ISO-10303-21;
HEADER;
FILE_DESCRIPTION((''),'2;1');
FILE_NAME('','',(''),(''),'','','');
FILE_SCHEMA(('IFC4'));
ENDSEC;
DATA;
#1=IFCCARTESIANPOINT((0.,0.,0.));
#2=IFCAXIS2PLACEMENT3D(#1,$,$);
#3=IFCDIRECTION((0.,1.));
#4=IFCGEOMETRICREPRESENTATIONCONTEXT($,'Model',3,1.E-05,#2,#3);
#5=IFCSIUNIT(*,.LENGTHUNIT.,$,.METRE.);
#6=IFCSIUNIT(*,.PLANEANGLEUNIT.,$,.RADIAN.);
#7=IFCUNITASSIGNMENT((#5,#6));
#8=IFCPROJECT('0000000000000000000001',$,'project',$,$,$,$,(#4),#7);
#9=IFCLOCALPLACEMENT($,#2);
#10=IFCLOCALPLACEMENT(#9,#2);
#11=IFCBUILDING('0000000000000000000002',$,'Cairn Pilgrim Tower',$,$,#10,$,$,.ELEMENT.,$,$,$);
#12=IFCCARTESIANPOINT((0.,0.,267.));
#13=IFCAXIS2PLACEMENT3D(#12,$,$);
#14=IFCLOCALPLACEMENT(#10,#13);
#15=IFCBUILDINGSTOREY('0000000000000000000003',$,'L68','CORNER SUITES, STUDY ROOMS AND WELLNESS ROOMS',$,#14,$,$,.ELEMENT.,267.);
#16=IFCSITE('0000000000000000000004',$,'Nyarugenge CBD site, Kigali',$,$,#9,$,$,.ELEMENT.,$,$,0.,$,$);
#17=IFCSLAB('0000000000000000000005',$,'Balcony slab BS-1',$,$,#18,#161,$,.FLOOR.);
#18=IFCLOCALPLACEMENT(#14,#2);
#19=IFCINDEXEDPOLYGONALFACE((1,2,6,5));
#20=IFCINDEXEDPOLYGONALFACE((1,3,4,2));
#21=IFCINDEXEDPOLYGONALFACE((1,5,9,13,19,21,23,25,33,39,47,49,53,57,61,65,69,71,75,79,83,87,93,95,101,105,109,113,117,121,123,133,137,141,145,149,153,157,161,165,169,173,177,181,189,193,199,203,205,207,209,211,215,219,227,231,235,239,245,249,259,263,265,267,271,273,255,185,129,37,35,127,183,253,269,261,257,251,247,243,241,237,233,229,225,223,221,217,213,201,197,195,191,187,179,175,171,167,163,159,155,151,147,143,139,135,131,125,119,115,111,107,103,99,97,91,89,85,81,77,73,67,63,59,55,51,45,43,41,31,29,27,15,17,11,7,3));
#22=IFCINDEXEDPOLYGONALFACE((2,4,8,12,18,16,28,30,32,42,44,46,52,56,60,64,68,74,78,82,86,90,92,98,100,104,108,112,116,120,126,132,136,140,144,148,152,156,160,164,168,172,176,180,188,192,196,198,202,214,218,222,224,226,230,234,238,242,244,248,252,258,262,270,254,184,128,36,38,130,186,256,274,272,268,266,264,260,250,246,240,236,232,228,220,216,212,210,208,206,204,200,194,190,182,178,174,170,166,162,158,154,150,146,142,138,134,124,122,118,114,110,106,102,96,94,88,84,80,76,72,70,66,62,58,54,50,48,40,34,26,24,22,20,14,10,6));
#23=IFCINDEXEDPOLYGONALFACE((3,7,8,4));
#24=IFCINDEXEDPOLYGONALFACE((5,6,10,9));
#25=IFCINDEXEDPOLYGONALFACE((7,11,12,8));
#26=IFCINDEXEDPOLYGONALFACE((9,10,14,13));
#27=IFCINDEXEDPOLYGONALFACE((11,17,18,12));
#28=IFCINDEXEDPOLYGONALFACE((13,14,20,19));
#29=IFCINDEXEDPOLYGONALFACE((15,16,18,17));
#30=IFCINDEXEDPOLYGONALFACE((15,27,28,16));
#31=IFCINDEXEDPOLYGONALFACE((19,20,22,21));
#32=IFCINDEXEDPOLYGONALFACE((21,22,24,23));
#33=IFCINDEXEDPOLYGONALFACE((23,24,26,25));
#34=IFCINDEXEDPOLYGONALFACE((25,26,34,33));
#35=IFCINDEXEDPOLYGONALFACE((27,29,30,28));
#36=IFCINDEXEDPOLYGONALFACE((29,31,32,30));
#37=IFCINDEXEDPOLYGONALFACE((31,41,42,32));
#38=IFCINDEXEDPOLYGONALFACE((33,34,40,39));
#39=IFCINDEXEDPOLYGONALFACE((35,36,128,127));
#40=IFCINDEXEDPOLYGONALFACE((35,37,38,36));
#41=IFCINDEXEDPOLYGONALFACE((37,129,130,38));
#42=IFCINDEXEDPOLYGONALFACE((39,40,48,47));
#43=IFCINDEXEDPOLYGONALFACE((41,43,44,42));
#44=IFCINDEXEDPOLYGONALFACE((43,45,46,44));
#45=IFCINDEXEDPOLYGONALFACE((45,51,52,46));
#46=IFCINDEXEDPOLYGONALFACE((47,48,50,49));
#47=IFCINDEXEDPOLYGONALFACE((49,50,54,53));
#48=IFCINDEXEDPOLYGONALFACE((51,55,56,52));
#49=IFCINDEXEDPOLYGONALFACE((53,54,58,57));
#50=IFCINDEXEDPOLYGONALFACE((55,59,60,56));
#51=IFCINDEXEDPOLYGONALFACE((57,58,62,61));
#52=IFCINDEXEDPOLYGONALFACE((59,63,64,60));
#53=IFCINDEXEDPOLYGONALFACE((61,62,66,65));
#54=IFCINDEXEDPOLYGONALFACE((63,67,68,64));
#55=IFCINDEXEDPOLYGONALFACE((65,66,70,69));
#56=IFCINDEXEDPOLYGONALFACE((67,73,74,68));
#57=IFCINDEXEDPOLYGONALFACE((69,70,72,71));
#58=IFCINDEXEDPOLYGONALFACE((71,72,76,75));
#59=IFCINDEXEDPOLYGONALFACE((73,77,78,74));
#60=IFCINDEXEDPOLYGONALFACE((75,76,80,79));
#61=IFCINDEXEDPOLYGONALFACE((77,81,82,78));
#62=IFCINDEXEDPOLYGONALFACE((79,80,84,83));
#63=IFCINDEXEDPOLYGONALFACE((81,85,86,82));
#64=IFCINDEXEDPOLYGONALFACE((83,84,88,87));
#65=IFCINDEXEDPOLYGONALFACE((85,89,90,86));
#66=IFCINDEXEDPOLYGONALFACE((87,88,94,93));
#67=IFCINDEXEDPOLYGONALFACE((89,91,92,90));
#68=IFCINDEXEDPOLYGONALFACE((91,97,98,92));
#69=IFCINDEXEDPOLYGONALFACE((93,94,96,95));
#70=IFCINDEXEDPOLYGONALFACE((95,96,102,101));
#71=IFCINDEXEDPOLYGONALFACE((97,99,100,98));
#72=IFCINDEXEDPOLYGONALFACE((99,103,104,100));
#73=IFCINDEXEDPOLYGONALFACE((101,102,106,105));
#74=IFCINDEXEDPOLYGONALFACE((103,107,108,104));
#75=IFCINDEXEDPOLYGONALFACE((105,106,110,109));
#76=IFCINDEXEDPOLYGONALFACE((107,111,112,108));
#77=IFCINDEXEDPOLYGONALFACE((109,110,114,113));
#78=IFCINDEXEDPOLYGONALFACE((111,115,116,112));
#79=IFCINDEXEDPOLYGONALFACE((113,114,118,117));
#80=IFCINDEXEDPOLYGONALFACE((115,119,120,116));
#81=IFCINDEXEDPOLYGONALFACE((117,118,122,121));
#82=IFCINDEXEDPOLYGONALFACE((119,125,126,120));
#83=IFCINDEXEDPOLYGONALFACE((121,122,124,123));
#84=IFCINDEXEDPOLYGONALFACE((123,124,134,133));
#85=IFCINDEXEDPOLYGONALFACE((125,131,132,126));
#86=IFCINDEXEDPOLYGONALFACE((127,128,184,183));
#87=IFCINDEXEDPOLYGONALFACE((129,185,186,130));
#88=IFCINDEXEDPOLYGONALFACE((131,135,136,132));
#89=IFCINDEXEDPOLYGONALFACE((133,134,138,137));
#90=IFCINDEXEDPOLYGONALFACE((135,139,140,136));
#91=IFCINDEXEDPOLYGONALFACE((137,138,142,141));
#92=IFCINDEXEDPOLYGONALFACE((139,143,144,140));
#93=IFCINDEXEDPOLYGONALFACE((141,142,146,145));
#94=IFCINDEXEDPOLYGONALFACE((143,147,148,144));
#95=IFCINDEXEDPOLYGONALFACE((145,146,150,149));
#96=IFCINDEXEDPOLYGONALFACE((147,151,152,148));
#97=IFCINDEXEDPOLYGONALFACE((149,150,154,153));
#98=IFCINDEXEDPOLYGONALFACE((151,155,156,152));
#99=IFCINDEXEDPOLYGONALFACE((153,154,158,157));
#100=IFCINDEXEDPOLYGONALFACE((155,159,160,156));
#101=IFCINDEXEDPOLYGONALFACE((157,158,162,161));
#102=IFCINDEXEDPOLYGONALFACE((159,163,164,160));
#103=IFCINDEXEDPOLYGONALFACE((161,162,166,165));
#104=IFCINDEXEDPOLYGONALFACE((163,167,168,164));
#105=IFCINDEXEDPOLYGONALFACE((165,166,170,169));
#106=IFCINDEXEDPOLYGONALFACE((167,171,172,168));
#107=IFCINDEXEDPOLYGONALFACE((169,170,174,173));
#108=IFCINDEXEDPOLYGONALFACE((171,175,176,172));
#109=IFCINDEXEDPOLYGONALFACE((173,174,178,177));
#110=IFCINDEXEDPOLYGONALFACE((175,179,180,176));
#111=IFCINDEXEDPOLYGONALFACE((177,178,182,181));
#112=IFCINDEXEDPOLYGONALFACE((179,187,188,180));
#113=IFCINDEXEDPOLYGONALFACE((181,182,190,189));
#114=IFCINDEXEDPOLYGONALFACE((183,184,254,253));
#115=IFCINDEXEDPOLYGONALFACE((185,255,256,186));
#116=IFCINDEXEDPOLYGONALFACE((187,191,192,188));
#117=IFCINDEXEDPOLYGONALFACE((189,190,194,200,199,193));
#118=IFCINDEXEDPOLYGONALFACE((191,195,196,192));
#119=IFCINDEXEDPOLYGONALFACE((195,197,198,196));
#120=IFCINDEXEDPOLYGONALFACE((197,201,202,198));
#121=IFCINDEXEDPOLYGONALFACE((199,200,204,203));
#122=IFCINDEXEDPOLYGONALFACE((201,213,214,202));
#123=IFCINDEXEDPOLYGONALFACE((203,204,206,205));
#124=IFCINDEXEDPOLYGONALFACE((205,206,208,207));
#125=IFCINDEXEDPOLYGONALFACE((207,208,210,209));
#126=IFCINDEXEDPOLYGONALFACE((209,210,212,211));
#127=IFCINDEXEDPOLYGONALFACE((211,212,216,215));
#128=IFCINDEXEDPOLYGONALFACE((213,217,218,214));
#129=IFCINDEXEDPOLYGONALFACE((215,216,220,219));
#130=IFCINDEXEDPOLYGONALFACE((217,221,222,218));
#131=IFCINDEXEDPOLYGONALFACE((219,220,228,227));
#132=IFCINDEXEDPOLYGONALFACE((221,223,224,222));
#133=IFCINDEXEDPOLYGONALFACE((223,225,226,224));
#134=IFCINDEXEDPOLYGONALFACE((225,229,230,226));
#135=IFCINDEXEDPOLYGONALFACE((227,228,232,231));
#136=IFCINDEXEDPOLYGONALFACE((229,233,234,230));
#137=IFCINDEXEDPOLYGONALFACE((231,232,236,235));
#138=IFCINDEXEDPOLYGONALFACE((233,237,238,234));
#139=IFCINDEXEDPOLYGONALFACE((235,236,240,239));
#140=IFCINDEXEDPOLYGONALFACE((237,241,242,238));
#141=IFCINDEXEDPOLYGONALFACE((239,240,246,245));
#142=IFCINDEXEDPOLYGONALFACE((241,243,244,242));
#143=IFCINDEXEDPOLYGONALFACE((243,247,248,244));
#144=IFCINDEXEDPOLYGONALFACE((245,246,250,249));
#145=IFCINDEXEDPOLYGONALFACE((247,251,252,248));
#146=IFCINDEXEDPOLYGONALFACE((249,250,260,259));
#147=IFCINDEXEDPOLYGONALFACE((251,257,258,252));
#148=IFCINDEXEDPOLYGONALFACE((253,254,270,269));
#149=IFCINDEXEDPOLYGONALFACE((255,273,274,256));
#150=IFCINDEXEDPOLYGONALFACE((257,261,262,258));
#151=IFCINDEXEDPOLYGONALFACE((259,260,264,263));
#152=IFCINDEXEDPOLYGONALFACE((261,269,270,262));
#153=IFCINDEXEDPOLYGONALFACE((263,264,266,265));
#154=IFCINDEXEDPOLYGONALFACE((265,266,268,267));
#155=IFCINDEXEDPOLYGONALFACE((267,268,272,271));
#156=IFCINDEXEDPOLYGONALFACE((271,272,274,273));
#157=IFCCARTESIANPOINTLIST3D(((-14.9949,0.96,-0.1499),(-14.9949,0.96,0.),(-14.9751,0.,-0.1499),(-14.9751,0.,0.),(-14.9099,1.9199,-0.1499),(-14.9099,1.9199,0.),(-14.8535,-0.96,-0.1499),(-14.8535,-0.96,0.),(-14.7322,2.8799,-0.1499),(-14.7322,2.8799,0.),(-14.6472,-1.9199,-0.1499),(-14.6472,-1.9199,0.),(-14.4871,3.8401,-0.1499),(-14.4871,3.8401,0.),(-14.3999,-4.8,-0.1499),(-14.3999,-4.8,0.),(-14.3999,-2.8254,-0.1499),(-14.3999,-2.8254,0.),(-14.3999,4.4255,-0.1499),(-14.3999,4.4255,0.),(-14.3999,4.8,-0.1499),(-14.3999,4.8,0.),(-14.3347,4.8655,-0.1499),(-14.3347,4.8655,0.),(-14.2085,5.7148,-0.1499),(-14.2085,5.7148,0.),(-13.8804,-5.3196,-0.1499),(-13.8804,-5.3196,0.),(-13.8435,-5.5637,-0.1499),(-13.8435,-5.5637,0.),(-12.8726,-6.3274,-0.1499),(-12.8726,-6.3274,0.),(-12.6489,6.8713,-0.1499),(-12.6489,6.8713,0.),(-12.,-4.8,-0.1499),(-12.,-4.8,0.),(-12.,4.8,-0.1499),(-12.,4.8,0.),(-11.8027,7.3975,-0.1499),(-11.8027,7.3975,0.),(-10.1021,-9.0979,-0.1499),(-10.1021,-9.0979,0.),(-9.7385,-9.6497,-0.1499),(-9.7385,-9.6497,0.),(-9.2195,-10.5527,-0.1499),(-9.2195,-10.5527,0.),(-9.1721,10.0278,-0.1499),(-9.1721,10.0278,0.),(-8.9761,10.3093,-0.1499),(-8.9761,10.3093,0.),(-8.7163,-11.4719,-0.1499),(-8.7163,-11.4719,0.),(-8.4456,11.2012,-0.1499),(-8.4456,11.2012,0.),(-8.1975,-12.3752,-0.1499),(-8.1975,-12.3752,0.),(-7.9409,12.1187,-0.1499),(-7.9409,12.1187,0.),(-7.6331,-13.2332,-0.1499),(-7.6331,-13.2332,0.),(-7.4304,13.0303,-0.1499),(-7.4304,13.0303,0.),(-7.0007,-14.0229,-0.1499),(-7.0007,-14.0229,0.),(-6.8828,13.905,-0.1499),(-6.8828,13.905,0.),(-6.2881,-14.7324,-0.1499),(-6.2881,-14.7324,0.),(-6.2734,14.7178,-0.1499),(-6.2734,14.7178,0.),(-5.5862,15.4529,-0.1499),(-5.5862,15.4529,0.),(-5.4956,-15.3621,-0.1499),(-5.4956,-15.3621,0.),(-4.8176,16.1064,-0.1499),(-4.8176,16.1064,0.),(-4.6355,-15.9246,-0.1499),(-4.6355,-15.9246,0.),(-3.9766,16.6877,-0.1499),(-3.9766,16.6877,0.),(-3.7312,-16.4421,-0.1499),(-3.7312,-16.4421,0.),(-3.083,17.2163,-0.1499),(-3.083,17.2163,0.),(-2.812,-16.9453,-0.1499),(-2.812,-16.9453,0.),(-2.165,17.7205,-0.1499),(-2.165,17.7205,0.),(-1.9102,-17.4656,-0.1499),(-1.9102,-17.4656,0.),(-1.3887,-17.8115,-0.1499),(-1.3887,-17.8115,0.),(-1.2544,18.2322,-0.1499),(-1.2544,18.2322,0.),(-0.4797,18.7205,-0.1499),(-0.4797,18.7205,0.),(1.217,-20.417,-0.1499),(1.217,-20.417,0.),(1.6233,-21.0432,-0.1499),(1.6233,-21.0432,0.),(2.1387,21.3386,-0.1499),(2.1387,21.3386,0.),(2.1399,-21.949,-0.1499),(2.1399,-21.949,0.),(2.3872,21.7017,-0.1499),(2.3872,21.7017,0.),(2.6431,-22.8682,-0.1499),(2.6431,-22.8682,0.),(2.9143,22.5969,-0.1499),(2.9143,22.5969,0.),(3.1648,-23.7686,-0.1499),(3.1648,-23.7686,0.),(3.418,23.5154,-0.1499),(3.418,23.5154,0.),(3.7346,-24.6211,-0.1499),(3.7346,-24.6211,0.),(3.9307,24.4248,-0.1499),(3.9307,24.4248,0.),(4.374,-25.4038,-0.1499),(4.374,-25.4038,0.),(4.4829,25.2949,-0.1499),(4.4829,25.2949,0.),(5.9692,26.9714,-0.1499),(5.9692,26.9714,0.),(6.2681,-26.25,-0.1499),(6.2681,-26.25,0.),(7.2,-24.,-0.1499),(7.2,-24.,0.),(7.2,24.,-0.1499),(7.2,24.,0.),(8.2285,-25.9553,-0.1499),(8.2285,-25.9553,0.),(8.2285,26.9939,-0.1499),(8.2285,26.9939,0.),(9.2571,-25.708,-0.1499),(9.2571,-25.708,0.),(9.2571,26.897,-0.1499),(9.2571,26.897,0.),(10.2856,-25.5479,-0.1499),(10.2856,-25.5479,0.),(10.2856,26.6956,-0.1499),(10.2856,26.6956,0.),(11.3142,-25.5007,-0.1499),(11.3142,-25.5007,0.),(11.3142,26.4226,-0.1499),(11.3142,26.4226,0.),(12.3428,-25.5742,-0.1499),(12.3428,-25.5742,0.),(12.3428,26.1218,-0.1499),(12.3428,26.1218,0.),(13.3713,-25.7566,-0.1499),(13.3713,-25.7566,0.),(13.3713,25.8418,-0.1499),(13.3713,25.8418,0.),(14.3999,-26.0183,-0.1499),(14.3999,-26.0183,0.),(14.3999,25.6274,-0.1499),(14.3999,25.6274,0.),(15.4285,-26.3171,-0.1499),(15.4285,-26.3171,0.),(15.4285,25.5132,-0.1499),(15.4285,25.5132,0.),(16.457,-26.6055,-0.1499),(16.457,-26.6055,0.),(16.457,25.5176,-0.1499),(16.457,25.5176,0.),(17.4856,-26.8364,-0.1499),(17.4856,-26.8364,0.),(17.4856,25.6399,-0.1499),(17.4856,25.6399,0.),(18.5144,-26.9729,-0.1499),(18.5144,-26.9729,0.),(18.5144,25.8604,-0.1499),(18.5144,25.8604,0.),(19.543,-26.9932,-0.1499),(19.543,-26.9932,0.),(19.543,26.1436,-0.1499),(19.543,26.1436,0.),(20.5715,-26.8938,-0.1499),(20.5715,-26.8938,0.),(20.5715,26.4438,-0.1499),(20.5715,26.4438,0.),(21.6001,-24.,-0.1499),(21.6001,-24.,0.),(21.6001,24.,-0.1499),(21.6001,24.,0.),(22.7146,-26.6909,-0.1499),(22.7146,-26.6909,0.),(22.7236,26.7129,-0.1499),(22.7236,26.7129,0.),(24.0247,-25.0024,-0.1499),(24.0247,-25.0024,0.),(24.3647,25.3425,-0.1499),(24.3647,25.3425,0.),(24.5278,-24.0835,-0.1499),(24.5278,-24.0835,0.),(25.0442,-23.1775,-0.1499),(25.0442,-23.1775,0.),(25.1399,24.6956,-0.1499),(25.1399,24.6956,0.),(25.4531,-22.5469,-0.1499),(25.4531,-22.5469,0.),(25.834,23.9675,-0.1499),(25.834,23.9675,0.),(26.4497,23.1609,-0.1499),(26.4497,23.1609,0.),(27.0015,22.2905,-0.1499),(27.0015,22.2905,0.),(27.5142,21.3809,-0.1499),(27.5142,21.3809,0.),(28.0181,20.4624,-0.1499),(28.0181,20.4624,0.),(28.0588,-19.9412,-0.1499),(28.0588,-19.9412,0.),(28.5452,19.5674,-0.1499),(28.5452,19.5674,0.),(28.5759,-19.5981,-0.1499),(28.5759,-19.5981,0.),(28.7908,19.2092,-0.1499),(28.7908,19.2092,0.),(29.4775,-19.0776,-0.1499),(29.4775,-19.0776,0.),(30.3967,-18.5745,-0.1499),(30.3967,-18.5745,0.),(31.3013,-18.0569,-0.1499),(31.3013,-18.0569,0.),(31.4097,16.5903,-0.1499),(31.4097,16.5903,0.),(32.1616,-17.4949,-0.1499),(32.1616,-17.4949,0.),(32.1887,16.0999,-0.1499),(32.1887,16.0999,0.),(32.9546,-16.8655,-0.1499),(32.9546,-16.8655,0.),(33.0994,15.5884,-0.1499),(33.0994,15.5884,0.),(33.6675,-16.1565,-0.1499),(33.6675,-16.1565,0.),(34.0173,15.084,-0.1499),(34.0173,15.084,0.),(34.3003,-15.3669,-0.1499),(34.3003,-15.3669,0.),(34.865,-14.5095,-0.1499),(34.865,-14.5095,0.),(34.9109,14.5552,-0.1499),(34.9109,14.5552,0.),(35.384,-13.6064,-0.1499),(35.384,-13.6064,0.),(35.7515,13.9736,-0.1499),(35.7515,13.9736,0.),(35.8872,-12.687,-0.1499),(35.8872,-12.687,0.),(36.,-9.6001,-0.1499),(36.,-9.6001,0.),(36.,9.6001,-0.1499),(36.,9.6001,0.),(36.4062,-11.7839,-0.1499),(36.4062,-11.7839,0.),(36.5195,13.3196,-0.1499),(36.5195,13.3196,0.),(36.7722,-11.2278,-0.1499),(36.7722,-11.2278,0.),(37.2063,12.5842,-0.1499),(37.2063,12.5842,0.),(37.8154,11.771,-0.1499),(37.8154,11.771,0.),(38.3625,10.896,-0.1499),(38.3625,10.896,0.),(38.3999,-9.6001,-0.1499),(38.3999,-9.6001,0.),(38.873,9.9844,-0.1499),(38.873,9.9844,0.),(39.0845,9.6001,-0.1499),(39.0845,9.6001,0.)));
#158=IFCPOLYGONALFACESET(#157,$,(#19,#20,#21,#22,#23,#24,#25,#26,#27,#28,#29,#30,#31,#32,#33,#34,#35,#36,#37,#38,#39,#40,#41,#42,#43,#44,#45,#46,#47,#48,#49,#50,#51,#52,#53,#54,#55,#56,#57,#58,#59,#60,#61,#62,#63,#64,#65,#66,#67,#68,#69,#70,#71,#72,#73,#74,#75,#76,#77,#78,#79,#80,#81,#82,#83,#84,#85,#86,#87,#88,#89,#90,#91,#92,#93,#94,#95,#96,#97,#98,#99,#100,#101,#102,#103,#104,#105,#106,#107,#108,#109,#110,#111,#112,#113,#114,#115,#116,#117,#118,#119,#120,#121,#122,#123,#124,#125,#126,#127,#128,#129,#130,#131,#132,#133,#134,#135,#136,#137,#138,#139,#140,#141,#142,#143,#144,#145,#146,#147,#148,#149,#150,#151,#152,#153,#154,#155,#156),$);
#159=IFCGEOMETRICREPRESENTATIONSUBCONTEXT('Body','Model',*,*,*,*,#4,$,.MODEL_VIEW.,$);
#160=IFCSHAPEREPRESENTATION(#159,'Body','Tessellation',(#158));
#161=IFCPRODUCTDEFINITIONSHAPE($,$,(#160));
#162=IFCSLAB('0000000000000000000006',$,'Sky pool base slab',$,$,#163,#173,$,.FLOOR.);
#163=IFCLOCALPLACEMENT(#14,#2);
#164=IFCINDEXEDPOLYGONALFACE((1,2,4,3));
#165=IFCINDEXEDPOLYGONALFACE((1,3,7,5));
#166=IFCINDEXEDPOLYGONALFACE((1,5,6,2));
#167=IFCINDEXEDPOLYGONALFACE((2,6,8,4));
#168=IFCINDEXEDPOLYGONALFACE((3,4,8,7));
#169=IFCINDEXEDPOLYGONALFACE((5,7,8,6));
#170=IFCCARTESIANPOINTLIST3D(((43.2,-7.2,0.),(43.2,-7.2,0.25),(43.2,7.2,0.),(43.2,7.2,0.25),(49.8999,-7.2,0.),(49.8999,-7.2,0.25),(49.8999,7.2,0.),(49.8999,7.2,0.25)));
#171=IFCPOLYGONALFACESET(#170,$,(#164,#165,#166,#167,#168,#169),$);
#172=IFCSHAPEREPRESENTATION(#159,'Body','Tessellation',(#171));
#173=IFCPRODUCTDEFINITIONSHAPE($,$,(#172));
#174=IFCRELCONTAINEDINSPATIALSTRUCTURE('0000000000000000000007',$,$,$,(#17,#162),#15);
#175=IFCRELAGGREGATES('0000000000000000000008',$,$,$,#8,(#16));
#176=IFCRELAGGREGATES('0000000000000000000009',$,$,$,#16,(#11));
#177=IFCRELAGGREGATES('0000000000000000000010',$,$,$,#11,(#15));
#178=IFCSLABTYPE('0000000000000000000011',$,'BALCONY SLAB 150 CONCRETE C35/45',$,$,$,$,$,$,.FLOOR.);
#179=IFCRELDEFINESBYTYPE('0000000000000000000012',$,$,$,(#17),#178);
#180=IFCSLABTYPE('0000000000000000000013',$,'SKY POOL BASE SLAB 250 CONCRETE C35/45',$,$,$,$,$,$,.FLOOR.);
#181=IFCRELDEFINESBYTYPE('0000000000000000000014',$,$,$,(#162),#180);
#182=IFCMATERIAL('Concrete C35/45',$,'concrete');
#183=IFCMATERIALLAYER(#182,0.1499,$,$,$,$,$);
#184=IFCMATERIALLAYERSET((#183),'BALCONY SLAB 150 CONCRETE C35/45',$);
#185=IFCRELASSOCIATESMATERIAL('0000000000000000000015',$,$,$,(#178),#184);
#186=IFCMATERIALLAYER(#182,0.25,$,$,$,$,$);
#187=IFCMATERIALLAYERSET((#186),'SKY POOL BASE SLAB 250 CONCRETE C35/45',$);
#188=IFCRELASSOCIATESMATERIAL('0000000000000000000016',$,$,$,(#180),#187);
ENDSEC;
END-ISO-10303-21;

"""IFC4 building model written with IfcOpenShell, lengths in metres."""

from ifc_helpers import new_model, si_unit, direction, frame, origin, place, context, subcontext, project, spatial, polyline, outline, extrude, material, layer, layer_set, type_object, element, save


model = new_model("IFC4")

# Units and contexts
model_context = context("Model", 3, precision=1e-05, world=origin(), true_north=direction((0.0, 1.0)))
body_context = subcontext(model_context, "Body", "Model", "MODEL_VIEW")
ifc_project = project(units=[si_unit("LENGTHUNIT", "METRE"), si_unit("PLANEANGLEUNIT", "RADIAN")], contexts=[model_context])

# Site, building, storey
site_placement = place(None, origin())
site = spatial("IfcSite", under=ifc_project, at=site_placement, Name="Nyarugenge CBD site, Kigali", CompositionType="ELEMENT", RefElevation=0.0)
building_placement = place(site_placement, origin())
building = spatial("IfcBuilding", under=site, at=building_placement, Name="Cairn Pilgrim Tower", CompositionType="ELEMENT")
storey_placement = place(building_placement, frame((0.0, 0.0, 267.0)))
storey = spatial("IfcBuildingStorey", under=building, at=storey_placement, Name="L68", Description="CORNER SUITES, STUDY ROOMS AND WELLNESS ROOMS", CompositionType="ELEMENT", Elevation=267.0)

# Slabs
ifc_material_1 = material(Name="Concrete C35/45", Category="concrete")
ifc_layer_1 = layer(ifc_material_1, 0.1499)
ifc_layer_set_1 = layer_set([ifc_layer_1], Name="BALCONY SLAB 150 CONCRETE C35/45")
slab_type_1 = type_object("IfcSlabType", Name="BALCONY SLAB 150 CONCRETE C35/45", PredefinedType="FLOOR", material=ifc_layer_set_1)
slab_1_placement = place(storey_placement, frame((0.0, 0.0, -0.1499)))
element("IfcSlab", 1, at=slab_1_placement, inside=storey, type_object=slab_type_1, Name="Balcony slab BS-1", PredefinedType="FLOOR", context=body_context, shape_type="SweptSolid", body=[
    extrude(outline(polyline([(24.5278, -24.0835), (25.0442, -23.1775), (25.4531, -22.5469), (28.0588, -19.9412), (28.5759, -19.5981), (29.4775, -19.0776), (30.3967, -18.5745), (31.3013, -18.0569), (32.1616, -17.4949), (32.9546, -16.8655), (33.6675, -16.1565), (34.3003, -15.3669), (34.865, -14.5095), (35.384, -13.6064), (35.8872, -12.687), (36.4062, -11.7839), (36.7722, -11.2278), (38.3999, -9.6001), (36.0, -9.6001), (40.8, -4.8), (21.6001, -24.0), (7.2, -24.0), (-12.0, -4.8), (-12.0, 4.8), (7.2, 24.0), (21.6001, 24.0), (40.8, 4.8), (36.0, 9.6001), (39.0845, 9.6001), (38.873, 9.9844), (38.3625, 10.896), (37.8154, 11.771), (37.2063, 12.5842), (36.5195, 13.3196), (35.7515, 13.9736), (34.9109, 14.5552), (34.0173, 15.084), (33.0994, 15.5884), (32.1887, 16.0999), (31.4097, 16.5903), (28.7908, 19.2092), (28.5452, 19.5674), (28.0181, 20.4624), (27.5142, 21.3809), (27.0015, 22.2905), (26.4497, 23.1609), (25.834, 23.9675), (25.1399, 24.6956), (24.3647, 25.3425), (22.7236, 26.7129), (20.5715, 26.4438), (19.543, 26.1436), (18.5144, 25.8604), (17.4856, 25.6399), (16.457, 25.5176), (15.4285, 25.5132), (14.3999, 25.6274), (13.3713, 25.8418), (12.3428, 26.1218), (11.3142, 26.4226), (10.2856, 26.6956), (9.2571, 26.897), (8.2285, 26.9939), (5.9692, 26.9714), (4.4829, 25.2949), (3.9307, 24.4248), (3.418, 23.5154), (2.9143, 22.5969), (2.3872, 21.7017), (2.1387, 21.3386), (-0.4797, 18.7205), (-1.2544, 18.2322), (-2.165, 17.7205), (-3.083, 17.2163), (-3.9766, 16.6877), (-4.8176, 16.1064), (-5.5862, 15.4529), (-6.2734, 14.7178), (-6.8828, 13.905), (-7.4304, 13.0303), (-7.9409, 12.1187), (-8.4456, 11.2012), (-8.9761, 10.3093), (-9.1721, 10.0278), (-11.8027, 7.3975), (-12.6489, 6.8713), (-14.2085, 5.7148), (-14.3347, 4.8655), (-14.3999, 4.8), (-14.3999, 4.4255), (-14.4871, 3.8401), (-14.7322, 2.8799), (-14.9099, 1.9199), (-14.9949, 0.96), (-14.9751, 0.0), (-14.8535, -0.96), (-14.6472, -1.9199), (-14.3999, -2.8254), (-14.3999, -4.8), (-13.8804, -5.3196), (-13.8435, -5.5637), (-12.8726, -6.3274), (-10.1021, -9.0979), (-9.7385, -9.6497), (-9.2195, -10.5527), (-8.7163, -11.4719), (-8.1975, -12.3752), (-7.6331, -13.2332), (-7.0007, -14.0229), (-6.2881, -14.7324), (-5.4956, -15.3621), (-4.6355, -15.9246), (-3.7312, -16.4421), (-2.812, -16.9453), (-1.9102, -17.4656), (-1.3887, -17.8115), (1.217, -20.417), (1.6233, -21.0432), (2.1399, -21.949), (2.6431, -22.8682), (3.1648, -23.7686), (3.7346, -24.6211), (4.374, -25.4038), (6.2681, -26.25), (8.2285, -25.9553), (9.2571, -25.708), (10.2856, -25.5479), (11.3142, -25.5007), (12.3428, -25.5742), (13.3713, -25.7566), (14.3999, -26.0183), (15.4285, -26.3171), (16.457, -26.6055), (17.4856, -26.8364), (18.5144, -26.9729), (19.543, -26.9932), (20.5715, -26.8938), (22.7146, -26.6909), (24.0247, -25.0024), (24.5278, -24.0835)])), origin(), (0.0, 0.0, 1.0), 0.1499),
])
ifc_layer_2 = layer(ifc_material_1, 0.25)
ifc_layer_set_2 = layer_set([ifc_layer_2], Name="SKY POOL BASE SLAB 250 CONCRETE C35/45")
slab_type_2 = type_object("IfcSlabType", Name="SKY POOL BASE SLAB 250 CONCRETE C35/45", PredefinedType="FLOOR", material=ifc_layer_set_2)
slab_2_placement = place(storey_placement, origin())
element("IfcSlab", 2, at=slab_2_placement, inside=storey, type_object=slab_type_2, Name="Sky pool base slab", PredefinedType="FLOOR", context=body_context, shape_type="SweptSolid", body=[
    extrude(outline(polyline([(43.2, -7.2), (49.8999, -7.2), (49.8999, 7.2), (43.2, 7.2), (43.2, -7.2)])), origin(), (0.0, 0.0, 1.0), 0.25),
])

save(model, "model.ifc")
